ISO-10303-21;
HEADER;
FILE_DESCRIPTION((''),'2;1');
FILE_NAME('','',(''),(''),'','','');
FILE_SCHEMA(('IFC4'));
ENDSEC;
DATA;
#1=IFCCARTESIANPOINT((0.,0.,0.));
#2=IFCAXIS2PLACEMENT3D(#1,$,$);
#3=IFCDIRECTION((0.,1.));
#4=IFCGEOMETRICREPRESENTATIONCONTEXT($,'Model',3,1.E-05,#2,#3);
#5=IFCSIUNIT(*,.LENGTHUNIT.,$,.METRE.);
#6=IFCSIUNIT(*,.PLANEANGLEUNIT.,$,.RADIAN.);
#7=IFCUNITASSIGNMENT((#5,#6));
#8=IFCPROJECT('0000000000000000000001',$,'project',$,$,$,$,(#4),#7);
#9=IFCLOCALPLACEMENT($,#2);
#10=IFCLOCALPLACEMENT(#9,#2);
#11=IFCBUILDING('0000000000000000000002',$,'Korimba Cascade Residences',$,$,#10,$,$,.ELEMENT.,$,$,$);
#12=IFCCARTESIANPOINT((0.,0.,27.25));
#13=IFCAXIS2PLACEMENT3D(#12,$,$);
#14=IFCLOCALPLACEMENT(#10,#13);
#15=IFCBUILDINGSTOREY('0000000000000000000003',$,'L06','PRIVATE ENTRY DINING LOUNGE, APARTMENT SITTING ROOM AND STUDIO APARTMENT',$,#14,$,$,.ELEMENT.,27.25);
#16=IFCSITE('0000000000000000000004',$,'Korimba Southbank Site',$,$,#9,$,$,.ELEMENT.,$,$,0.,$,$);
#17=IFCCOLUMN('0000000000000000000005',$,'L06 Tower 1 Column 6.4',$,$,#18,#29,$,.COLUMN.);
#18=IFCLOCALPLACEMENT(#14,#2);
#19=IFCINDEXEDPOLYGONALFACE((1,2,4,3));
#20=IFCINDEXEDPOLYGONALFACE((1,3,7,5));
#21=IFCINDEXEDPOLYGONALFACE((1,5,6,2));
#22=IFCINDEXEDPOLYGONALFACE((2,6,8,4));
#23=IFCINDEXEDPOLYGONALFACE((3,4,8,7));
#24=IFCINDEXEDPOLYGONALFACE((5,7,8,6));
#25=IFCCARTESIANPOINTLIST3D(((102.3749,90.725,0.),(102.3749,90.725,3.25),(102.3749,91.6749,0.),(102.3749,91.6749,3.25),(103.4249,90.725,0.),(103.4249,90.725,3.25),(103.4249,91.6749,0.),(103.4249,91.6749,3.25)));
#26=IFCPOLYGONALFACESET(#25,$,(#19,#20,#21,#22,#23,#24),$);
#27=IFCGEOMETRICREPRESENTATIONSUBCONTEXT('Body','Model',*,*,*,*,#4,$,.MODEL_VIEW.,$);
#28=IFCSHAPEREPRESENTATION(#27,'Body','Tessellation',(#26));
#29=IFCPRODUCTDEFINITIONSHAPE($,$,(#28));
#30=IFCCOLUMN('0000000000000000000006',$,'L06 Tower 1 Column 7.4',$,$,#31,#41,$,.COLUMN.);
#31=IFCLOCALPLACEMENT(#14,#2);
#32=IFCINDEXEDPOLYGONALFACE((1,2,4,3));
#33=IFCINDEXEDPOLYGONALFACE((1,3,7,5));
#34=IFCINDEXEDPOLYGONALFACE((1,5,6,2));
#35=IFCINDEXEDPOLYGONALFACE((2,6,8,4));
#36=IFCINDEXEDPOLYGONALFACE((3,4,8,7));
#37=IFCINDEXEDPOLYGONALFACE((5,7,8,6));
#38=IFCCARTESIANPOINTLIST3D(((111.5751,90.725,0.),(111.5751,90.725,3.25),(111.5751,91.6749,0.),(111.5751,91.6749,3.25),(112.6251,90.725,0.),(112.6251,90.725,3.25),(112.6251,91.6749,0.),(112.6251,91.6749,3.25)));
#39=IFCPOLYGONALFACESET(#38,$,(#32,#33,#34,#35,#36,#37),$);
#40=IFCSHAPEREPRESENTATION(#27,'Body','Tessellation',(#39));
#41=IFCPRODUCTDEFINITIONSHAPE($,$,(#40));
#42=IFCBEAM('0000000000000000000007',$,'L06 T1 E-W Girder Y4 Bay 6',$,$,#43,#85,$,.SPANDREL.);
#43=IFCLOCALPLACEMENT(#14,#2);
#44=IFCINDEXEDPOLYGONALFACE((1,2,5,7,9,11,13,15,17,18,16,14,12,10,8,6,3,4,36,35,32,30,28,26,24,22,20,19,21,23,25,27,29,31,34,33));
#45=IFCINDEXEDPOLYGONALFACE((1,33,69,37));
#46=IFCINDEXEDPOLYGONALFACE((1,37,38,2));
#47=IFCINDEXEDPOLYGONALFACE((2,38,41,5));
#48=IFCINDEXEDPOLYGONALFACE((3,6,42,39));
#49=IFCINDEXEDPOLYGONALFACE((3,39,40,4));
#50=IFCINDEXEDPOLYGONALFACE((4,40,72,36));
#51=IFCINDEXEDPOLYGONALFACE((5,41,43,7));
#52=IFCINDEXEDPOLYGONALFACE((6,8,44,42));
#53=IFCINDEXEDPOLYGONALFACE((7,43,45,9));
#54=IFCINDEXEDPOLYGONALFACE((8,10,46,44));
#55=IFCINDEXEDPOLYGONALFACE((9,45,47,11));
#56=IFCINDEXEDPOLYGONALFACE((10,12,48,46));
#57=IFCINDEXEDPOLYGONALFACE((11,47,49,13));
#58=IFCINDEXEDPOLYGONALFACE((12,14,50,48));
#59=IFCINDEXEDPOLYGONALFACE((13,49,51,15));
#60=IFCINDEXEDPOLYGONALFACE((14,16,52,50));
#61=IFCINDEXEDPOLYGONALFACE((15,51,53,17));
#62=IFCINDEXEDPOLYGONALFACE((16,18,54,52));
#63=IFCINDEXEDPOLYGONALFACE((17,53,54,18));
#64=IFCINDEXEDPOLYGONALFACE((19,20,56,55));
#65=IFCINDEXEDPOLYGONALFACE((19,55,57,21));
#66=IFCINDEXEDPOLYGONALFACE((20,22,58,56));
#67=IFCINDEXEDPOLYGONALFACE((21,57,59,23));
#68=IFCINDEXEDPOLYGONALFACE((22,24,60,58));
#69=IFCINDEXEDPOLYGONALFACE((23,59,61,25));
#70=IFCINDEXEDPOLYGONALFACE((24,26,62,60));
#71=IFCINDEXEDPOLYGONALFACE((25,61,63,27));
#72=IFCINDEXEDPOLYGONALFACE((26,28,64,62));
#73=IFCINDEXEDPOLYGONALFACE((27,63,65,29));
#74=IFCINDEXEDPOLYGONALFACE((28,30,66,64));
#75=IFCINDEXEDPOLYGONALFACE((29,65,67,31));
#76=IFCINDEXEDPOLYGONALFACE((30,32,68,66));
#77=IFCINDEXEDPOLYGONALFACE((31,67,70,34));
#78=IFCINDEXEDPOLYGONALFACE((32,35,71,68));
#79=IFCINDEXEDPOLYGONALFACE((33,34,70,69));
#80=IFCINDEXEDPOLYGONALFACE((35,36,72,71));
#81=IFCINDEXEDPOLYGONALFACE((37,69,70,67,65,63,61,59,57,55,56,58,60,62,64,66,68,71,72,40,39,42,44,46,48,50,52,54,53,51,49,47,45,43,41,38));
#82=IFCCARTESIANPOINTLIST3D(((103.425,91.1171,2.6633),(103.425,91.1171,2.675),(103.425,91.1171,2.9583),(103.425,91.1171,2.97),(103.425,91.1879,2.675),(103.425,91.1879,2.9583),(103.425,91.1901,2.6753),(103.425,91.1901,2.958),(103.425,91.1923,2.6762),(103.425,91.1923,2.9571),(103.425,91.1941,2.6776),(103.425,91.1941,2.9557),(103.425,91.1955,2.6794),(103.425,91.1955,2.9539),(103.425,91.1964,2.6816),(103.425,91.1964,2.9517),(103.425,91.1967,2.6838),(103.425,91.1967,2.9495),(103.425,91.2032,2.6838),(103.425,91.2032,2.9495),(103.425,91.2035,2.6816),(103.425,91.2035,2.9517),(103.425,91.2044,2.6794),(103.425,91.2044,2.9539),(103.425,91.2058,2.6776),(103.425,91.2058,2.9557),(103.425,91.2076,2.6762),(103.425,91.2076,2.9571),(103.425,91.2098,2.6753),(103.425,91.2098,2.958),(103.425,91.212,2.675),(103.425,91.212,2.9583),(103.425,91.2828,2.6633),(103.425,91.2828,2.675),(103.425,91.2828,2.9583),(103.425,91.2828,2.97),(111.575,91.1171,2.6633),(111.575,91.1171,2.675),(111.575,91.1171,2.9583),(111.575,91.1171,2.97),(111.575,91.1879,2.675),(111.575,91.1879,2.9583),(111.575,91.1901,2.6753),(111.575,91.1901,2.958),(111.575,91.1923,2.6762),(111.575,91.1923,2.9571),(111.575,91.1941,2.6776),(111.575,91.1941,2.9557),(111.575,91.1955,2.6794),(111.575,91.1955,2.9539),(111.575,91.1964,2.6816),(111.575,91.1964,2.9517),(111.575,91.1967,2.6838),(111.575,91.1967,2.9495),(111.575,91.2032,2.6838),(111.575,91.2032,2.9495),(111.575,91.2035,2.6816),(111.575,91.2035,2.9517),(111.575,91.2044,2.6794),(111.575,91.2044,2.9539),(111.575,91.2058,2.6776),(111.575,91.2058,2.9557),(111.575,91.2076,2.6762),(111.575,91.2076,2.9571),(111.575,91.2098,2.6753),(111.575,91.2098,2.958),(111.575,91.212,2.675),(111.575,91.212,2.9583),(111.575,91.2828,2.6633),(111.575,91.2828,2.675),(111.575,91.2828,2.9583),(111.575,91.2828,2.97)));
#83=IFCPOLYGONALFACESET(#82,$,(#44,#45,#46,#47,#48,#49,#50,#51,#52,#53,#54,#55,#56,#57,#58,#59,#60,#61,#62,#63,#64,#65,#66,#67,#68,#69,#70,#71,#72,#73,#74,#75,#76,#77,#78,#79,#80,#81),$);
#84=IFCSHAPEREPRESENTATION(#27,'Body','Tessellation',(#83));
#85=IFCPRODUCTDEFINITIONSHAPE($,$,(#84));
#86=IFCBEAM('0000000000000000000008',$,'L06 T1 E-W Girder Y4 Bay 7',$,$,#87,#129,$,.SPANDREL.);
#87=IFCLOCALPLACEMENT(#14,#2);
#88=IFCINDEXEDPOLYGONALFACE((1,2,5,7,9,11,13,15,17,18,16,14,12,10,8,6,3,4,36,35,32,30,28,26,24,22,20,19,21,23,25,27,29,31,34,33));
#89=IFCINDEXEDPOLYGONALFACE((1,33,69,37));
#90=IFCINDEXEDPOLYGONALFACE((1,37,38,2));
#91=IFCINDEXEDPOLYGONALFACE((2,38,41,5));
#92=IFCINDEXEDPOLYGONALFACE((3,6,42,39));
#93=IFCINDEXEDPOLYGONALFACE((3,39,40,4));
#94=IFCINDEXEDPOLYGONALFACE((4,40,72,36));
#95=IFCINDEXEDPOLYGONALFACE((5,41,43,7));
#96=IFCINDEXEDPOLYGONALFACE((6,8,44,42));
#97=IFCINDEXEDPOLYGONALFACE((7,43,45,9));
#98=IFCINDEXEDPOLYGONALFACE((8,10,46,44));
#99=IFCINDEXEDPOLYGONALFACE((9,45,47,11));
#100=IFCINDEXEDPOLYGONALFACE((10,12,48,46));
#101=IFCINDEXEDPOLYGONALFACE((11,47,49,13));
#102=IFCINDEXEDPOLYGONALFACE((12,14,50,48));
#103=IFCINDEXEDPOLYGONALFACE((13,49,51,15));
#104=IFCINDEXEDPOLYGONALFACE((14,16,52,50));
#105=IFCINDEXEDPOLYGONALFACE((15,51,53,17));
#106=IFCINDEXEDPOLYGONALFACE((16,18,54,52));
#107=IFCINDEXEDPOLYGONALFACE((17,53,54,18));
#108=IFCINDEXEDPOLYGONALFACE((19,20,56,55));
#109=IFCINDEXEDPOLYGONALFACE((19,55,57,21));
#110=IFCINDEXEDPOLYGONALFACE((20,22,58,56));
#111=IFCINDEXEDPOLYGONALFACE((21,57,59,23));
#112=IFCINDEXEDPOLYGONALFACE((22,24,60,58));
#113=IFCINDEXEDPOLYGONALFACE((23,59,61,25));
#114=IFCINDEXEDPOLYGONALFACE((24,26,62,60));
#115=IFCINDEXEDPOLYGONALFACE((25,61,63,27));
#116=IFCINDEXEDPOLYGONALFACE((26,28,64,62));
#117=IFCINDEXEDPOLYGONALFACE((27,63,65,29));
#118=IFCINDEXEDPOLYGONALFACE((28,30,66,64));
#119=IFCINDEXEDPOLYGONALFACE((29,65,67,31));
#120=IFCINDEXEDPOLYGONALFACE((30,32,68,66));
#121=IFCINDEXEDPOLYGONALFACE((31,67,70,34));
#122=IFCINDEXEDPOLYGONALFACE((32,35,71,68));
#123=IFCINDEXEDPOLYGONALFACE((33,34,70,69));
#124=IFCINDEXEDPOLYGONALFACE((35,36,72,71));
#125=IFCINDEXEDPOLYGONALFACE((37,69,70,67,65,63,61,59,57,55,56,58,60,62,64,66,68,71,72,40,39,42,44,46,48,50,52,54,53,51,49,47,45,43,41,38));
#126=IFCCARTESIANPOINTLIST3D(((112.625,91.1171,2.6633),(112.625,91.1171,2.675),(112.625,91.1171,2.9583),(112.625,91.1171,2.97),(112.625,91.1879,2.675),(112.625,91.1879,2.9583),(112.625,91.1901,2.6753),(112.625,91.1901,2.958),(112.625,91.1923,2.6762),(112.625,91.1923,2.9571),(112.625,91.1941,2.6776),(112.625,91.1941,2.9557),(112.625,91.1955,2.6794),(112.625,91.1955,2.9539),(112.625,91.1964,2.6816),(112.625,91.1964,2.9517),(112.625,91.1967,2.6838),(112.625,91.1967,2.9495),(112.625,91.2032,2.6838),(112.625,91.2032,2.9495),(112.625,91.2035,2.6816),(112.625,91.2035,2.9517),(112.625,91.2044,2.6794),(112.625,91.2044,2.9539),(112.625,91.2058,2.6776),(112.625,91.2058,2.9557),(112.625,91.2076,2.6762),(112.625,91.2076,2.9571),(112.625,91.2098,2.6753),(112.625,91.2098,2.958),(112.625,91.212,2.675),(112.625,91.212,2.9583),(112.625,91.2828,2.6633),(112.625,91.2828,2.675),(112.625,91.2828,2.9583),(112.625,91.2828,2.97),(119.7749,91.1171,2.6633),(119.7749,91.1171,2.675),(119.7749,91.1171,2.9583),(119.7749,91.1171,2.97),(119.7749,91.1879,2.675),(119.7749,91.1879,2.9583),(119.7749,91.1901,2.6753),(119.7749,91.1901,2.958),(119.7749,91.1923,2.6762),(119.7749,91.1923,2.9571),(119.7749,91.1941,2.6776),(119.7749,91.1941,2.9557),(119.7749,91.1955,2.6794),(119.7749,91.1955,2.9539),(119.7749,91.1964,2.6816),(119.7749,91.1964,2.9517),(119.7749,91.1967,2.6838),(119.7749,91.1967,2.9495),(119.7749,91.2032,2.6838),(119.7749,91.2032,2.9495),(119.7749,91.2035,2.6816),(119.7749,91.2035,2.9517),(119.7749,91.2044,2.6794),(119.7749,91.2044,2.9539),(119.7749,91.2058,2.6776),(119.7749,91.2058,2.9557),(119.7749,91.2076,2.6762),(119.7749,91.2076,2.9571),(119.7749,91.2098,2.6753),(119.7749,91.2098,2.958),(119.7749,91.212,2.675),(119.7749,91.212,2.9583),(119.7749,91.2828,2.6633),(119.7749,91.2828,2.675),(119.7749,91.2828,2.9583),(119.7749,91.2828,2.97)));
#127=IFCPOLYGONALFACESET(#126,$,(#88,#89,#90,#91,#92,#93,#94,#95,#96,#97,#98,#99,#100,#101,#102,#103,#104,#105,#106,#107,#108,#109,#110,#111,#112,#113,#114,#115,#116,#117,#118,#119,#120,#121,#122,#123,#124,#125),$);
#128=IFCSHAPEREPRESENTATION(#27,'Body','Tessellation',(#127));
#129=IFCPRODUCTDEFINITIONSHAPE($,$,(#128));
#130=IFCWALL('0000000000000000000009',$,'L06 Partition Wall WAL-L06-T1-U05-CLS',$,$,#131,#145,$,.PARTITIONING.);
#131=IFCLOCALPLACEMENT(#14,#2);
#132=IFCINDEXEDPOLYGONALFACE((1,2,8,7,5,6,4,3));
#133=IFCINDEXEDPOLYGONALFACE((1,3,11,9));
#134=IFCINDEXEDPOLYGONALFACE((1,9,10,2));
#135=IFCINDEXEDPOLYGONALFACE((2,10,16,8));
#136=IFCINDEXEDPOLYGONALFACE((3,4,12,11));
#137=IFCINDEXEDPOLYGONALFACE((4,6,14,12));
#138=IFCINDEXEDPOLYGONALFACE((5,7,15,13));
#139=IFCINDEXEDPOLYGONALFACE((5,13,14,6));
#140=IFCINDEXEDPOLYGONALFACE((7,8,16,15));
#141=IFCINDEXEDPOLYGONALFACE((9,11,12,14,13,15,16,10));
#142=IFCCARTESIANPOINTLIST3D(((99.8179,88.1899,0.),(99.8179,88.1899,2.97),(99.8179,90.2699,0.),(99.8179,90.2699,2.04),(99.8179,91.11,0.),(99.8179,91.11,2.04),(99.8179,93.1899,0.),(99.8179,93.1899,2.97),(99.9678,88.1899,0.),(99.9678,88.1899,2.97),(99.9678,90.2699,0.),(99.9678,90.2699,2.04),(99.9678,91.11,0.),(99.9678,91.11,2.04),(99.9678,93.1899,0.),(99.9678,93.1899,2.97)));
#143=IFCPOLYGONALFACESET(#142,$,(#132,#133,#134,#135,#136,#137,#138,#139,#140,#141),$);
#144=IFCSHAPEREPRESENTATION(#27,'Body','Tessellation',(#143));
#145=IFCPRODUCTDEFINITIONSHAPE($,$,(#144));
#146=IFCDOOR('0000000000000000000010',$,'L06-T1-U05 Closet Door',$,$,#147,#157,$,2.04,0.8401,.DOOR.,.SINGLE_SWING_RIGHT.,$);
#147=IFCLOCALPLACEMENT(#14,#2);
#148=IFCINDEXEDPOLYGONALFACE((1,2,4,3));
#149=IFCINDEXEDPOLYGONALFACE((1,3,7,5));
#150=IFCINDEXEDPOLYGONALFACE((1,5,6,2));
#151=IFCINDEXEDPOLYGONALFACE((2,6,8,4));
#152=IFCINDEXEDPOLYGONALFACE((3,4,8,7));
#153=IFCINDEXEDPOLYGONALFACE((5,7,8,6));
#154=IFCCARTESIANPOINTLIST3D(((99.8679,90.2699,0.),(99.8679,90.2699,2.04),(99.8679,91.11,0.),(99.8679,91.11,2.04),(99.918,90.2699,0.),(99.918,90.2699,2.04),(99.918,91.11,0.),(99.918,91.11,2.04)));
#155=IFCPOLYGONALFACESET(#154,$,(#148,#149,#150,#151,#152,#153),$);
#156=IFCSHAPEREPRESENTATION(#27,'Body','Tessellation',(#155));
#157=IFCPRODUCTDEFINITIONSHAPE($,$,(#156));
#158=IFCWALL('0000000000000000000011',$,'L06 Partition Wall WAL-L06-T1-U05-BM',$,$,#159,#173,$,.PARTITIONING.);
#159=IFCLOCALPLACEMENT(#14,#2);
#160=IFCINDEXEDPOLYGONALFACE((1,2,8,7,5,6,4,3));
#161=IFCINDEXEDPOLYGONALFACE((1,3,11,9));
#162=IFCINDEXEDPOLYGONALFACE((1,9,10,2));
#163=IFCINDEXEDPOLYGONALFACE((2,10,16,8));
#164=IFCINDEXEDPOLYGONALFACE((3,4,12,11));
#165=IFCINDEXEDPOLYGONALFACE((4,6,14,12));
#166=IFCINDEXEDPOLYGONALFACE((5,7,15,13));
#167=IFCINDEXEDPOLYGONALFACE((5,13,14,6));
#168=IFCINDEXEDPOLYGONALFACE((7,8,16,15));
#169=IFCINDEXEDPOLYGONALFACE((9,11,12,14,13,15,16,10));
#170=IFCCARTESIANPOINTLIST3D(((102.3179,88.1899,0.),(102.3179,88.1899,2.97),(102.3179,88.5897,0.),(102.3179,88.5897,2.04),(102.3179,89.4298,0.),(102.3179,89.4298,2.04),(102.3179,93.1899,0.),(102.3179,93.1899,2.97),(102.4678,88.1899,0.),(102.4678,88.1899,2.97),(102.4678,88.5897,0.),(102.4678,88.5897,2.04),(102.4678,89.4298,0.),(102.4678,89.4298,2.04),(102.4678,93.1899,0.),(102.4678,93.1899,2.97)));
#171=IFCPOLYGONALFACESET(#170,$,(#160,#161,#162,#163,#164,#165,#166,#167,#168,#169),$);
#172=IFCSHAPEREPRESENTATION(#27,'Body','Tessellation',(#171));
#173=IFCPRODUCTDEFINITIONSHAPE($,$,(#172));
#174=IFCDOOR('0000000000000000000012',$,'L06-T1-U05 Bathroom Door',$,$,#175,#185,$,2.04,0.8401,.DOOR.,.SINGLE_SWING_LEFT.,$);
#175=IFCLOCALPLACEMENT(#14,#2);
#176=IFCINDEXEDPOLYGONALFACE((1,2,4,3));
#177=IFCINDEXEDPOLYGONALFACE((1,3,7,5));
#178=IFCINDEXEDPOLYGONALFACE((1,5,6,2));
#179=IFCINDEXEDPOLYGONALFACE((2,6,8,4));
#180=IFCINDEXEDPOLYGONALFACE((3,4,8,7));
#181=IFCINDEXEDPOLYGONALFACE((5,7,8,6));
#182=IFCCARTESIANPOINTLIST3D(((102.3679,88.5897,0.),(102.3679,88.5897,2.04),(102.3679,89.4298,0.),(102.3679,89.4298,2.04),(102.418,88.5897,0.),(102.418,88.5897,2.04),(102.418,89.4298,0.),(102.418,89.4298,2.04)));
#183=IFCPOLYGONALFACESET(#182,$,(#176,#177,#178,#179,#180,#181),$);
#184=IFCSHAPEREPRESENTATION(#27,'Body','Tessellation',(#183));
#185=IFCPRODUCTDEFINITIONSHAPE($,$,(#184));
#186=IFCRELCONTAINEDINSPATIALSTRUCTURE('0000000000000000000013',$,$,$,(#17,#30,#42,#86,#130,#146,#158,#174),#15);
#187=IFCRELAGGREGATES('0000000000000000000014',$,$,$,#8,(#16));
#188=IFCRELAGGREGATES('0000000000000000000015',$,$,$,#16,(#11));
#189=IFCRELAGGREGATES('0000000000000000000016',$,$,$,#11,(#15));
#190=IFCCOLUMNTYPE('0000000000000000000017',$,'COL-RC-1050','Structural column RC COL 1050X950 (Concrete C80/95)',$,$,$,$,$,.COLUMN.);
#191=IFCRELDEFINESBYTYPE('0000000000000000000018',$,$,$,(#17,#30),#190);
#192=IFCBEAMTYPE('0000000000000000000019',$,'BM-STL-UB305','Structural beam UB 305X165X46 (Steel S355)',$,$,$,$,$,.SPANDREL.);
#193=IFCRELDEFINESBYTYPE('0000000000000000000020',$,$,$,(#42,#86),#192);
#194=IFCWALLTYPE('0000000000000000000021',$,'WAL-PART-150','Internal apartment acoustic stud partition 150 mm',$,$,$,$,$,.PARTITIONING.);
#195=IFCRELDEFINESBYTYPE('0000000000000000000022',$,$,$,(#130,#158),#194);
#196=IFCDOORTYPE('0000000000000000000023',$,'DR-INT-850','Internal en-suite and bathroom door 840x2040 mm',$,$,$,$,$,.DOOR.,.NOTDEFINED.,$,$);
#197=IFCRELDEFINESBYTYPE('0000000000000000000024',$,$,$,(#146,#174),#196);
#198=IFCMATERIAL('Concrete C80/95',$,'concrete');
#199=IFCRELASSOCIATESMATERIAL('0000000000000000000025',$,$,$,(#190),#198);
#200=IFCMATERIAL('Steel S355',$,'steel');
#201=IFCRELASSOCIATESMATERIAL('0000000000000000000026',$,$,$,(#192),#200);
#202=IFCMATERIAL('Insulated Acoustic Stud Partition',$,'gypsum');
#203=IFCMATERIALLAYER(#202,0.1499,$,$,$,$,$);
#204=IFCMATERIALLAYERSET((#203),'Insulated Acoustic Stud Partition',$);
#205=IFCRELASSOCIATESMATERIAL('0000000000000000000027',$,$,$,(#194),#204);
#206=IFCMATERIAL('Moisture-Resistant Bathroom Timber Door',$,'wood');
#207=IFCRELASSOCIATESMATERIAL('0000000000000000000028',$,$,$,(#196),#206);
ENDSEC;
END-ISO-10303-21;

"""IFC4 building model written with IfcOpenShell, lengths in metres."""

from ifc_helpers import new_model, si_unit, direction, frame, frame_2d, origin, origin_2d, place, context, subcontext, project, spatial, rectangle, i_section, extrude, material, layer, layer_set, material_profile, profile_set, type_object, element, fill, save


model = new_model("IFC4")

# Units and contexts
model_context = context("Model", 3, precision=1e-05, world=origin(), true_north=direction((0.0, 1.0)))
body_context = subcontext(model_context, "Body", "Model", "MODEL_VIEW")
ifc_project = project(units=[si_unit("LENGTHUNIT", "METRE"), si_unit("PLANEANGLEUNIT", "RADIAN")], contexts=[model_context])

# Site, building, storey
site_placement = place(None, origin())
site = spatial("IfcSite", under=ifc_project, at=site_placement, Name="Korimba Southbank Site", CompositionType="ELEMENT", RefElevation=0.0)
building_placement = place(site_placement, origin())
building = spatial("IfcBuilding", under=site, at=building_placement, Name="Korimba Cascade Residences", CompositionType="ELEMENT")
storey_placement = place(building_placement, frame((0.0, 0.0, 27.25)))
storey = spatial("IfcBuildingStorey", under=building, at=storey_placement, Name="L06", Description="PRIVATE ENTRY DINING LOUNGE, APARTMENT SITTING ROOM AND STUDIO APARTMENT", CompositionType="ELEMENT", Elevation=27.25)

# Columns
ifc_material_1 = material(Name="Concrete C80/95", Category="concrete")
ifc_material_profile_1 = material_profile(ifc_material_1, rectangle(XDim=1.05, YDim=0.95, at=origin_2d()), Name="Concrete C80/95")
ifc_profile_set_1 = profile_set([ifc_material_profile_1], Name="Concrete C80/95")
column_type = type_object("IfcColumnType", Name="COL-RC-1050", Description="Structural column RC COL 1050X950 (Concrete C80/95)", PredefinedType="COLUMN", material=ifc_profile_set_1)
for number, where, z_axis, x_axis, name in (
    (1, (102.8999, 91.2, 0.0), (0.0, 0.0, 1.0), (1.0, 0.0, 0.0), "L06 Tower 1 Column 6.4"),
    (2, (112.1001, 91.2, 0.0), (0.0, 0.0, 1.0), (1.0, 0.0, 0.0), "L06 Tower 1 Column 7.4"),
):
    element("IfcColumn", number, at=place(storey_placement, frame(where, z_axis=z_axis, x_axis=x_axis)), inside=storey, type_object=column_type, Name=name, PredefinedType="COLUMN", context=body_context, shape_type="SweptSolid", body=[
        extrude(rectangle(XDim=1.05, YDim=0.95, at=origin_2d()), origin(), (0.0, 0.0, 1.0), 3.25),
    ])

# Beams
ifc_material_2 = material(Name="Steel S355", Category="steel")
ifc_material_profile_2 = material_profile(ifc_material_2, i_section(OverallWidth=0.1658, OverallDepth=0.3066, WebThickness=0.0066, FlangeThickness=0.0117, FilletRadius=0.0088, at=origin_2d()), Name="Steel S355")
ifc_profile_set_2 = profile_set([ifc_material_profile_2], Name="Steel S355")
beam_type = type_object("IfcBeamType", Name="BM-STL-UB305", Description="Structural beam UB 305X165X46 (Steel S355)", PredefinedType="SPANDREL", material=ifc_profile_set_2)
beam_1_placement = place(storey_placement, frame((103.425, 91.2, 2.8167), z_axis=(1.0, 0.0, 0.0), x_axis=(0.0, 1.0, 0.0)))
element("IfcBeam", 3, at=beam_1_placement, inside=storey, type_object=beam_type, Name="L06 T1 E-W Girder Y4 Bay 6", PredefinedType="SPANDREL", context=body_context, shape_type="SweptSolid", body=[
    extrude(i_section(OverallWidth=0.1658, OverallDepth=0.3066, WebThickness=0.0066, FlangeThickness=0.0117, FilletRadius=0.0088, at=origin_2d()), origin(), (0.0, 0.0, 1.0), 8.1499),
])
beam_2_placement = place(storey_placement, frame((112.625, 91.2, 2.8167), z_axis=(1.0, 0.0, 0.0), x_axis=(0.0, 1.0, 0.0)))
element("IfcBeam", 4, at=beam_2_placement, inside=storey, type_object=beam_type, Name="L06 T1 E-W Girder Y4 Bay 7", PredefinedType="SPANDREL", context=body_context, shape_type="SweptSolid", body=[
    extrude(i_section(OverallWidth=0.1658, OverallDepth=0.3066, WebThickness=0.0066, FlangeThickness=0.0117, FilletRadius=0.0088, at=origin_2d()), origin(), (0.0, 0.0, 1.0), 7.1499),
])

# Walls, openings, doors
ifc_material_3 = material(Name="Insulated Acoustic Stud Partition", Category="gypsum")
ifc_layer = layer(ifc_material_3, 0.1499)
ifc_layer_set = layer_set([ifc_layer], Name="Insulated Acoustic Stud Partition")
wall_type = type_object("IfcWallType", Name="WAL-PART-150", Description="Internal apartment acoustic stud partition 150 mm", PredefinedType="PARTITIONING", material=ifc_layer_set)
wall_1_placement = place(storey_placement, frame((99.8928, 88.1899, 0.0), z_axis=(0.0, 0.0, 1.0), x_axis=(0.0, 1.0, 0.0)))
wall_1 = element("IfcWall", 5, at=wall_1_placement, inside=storey, type_object=wall_type, Name="L06 Partition Wall WAL-L06-T1-U05-CLS", PredefinedType="PARTITIONING", context=body_context, shape_type="SweptSolid", body=[
    extrude(rectangle(XDim=5.0, YDim=0.1499, at=frame_2d((2.5, 0.0))), origin(), (0.0, 0.0, 1.0), 2.97),
])
opening_1_placement = place(wall_1_placement, frame((2.0801, 0.0, 0.0)))
opening_1 = element("IfcOpeningElement", 6, at=opening_1_placement, cuts=wall_1, PredefinedType="OPENING", context=body_context, shape_type="SweptSolid", body=[
    extrude(rectangle(XDim=0.8401, YDim=2.04, at=frame_2d((0.4199, 1.02))), frame((0.0, 0.085, 0.0), z_axis=(0.0, -1.0, 0.0), x_axis=(1.0, 0.0, 0.0)), (0.0, 0.0, 1.0), 0.1699),
])
ifc_material_4 = material(Name="Moisture-Resistant Bathroom Timber Door", Category="wood")
door_type_1 = type_object("IfcDoorType", Name="DR-INT-850", Description="Internal en-suite and bathroom door 840x2040 mm", OperationType="NOTDEFINED", PredefinedType="DOOR", material=ifc_material_4)
door_1_placement = place(opening_1_placement, origin())
door_1 = element("IfcDoor", 7, at=door_1_placement, inside=storey, type_object=door_type_1, Name="L06-T1-U05 Closet Door", OperationType="SINGLE_SWING_RIGHT", OverallHeight=2.04, OverallWidth=0.8401, PredefinedType="DOOR", context=body_context, shape_type="SweptSolid", body=[
    extrude(rectangle(XDim=0.8401, YDim=2.04, at=frame_2d((0.4199, 1.02))), frame((0.0, 0.0249, 0.0), z_axis=(0.0, -1.0, 0.0), x_axis=(1.0, 0.0, 0.0)), (0.0, 0.0, 1.0), 0.05),
])
fill(opening_1, door_1)
wall_2_placement = place(storey_placement, frame((102.3928, 88.1899, 0.0), z_axis=(0.0, 0.0, 1.0), x_axis=(0.0, 1.0, 0.0)))
wall_2 = element("IfcWall", 8, at=wall_2_placement, inside=storey, type_object=wall_type, Name="L06 Partition Wall WAL-L06-T1-U05-BM", PredefinedType="PARTITIONING", context=body_context, shape_type="SweptSolid", body=[
    extrude(rectangle(XDim=5.0, YDim=0.1499, at=frame_2d((2.5, 0.0))), origin(), (0.0, 0.0, 1.0), 2.97),
])
opening_2_placement = place(wall_2_placement, frame((0.3999, 0.0, 0.0)))
opening_2 = element("IfcOpeningElement", 9, at=opening_2_placement, cuts=wall_2, PredefinedType="OPENING", context=body_context, shape_type="SweptSolid", body=[
    extrude(rectangle(XDim=0.8401, YDim=2.04, at=frame_2d((0.4199, 1.02))), frame((0.0, 0.085, 0.0), z_axis=(0.0, -1.0, 0.0), x_axis=(1.0, 0.0, 0.0)), (0.0, 0.0, 1.0), 0.1699),
])
door_2_placement = place(opening_2_placement, origin())
door_2 = element("IfcDoor", 10, at=door_2_placement, inside=storey, type_object=door_type_1, Name="L06-T1-U05 Bathroom Door", OperationType="SINGLE_SWING_LEFT", OverallHeight=2.04, OverallWidth=0.8401, PredefinedType="DOOR", context=body_context, shape_type="SweptSolid", body=[
    extrude(rectangle(XDim=0.8401, YDim=2.04, at=frame_2d((0.4199, 1.02))), frame((0.0, 0.0249, 0.0), z_axis=(0.0, -1.0, 0.0), x_axis=(1.0, 0.0, 0.0)), (0.0, 0.0, 1.0), 0.05),
])
fill(opening_2, door_2)

save(model, "model.ifc")
